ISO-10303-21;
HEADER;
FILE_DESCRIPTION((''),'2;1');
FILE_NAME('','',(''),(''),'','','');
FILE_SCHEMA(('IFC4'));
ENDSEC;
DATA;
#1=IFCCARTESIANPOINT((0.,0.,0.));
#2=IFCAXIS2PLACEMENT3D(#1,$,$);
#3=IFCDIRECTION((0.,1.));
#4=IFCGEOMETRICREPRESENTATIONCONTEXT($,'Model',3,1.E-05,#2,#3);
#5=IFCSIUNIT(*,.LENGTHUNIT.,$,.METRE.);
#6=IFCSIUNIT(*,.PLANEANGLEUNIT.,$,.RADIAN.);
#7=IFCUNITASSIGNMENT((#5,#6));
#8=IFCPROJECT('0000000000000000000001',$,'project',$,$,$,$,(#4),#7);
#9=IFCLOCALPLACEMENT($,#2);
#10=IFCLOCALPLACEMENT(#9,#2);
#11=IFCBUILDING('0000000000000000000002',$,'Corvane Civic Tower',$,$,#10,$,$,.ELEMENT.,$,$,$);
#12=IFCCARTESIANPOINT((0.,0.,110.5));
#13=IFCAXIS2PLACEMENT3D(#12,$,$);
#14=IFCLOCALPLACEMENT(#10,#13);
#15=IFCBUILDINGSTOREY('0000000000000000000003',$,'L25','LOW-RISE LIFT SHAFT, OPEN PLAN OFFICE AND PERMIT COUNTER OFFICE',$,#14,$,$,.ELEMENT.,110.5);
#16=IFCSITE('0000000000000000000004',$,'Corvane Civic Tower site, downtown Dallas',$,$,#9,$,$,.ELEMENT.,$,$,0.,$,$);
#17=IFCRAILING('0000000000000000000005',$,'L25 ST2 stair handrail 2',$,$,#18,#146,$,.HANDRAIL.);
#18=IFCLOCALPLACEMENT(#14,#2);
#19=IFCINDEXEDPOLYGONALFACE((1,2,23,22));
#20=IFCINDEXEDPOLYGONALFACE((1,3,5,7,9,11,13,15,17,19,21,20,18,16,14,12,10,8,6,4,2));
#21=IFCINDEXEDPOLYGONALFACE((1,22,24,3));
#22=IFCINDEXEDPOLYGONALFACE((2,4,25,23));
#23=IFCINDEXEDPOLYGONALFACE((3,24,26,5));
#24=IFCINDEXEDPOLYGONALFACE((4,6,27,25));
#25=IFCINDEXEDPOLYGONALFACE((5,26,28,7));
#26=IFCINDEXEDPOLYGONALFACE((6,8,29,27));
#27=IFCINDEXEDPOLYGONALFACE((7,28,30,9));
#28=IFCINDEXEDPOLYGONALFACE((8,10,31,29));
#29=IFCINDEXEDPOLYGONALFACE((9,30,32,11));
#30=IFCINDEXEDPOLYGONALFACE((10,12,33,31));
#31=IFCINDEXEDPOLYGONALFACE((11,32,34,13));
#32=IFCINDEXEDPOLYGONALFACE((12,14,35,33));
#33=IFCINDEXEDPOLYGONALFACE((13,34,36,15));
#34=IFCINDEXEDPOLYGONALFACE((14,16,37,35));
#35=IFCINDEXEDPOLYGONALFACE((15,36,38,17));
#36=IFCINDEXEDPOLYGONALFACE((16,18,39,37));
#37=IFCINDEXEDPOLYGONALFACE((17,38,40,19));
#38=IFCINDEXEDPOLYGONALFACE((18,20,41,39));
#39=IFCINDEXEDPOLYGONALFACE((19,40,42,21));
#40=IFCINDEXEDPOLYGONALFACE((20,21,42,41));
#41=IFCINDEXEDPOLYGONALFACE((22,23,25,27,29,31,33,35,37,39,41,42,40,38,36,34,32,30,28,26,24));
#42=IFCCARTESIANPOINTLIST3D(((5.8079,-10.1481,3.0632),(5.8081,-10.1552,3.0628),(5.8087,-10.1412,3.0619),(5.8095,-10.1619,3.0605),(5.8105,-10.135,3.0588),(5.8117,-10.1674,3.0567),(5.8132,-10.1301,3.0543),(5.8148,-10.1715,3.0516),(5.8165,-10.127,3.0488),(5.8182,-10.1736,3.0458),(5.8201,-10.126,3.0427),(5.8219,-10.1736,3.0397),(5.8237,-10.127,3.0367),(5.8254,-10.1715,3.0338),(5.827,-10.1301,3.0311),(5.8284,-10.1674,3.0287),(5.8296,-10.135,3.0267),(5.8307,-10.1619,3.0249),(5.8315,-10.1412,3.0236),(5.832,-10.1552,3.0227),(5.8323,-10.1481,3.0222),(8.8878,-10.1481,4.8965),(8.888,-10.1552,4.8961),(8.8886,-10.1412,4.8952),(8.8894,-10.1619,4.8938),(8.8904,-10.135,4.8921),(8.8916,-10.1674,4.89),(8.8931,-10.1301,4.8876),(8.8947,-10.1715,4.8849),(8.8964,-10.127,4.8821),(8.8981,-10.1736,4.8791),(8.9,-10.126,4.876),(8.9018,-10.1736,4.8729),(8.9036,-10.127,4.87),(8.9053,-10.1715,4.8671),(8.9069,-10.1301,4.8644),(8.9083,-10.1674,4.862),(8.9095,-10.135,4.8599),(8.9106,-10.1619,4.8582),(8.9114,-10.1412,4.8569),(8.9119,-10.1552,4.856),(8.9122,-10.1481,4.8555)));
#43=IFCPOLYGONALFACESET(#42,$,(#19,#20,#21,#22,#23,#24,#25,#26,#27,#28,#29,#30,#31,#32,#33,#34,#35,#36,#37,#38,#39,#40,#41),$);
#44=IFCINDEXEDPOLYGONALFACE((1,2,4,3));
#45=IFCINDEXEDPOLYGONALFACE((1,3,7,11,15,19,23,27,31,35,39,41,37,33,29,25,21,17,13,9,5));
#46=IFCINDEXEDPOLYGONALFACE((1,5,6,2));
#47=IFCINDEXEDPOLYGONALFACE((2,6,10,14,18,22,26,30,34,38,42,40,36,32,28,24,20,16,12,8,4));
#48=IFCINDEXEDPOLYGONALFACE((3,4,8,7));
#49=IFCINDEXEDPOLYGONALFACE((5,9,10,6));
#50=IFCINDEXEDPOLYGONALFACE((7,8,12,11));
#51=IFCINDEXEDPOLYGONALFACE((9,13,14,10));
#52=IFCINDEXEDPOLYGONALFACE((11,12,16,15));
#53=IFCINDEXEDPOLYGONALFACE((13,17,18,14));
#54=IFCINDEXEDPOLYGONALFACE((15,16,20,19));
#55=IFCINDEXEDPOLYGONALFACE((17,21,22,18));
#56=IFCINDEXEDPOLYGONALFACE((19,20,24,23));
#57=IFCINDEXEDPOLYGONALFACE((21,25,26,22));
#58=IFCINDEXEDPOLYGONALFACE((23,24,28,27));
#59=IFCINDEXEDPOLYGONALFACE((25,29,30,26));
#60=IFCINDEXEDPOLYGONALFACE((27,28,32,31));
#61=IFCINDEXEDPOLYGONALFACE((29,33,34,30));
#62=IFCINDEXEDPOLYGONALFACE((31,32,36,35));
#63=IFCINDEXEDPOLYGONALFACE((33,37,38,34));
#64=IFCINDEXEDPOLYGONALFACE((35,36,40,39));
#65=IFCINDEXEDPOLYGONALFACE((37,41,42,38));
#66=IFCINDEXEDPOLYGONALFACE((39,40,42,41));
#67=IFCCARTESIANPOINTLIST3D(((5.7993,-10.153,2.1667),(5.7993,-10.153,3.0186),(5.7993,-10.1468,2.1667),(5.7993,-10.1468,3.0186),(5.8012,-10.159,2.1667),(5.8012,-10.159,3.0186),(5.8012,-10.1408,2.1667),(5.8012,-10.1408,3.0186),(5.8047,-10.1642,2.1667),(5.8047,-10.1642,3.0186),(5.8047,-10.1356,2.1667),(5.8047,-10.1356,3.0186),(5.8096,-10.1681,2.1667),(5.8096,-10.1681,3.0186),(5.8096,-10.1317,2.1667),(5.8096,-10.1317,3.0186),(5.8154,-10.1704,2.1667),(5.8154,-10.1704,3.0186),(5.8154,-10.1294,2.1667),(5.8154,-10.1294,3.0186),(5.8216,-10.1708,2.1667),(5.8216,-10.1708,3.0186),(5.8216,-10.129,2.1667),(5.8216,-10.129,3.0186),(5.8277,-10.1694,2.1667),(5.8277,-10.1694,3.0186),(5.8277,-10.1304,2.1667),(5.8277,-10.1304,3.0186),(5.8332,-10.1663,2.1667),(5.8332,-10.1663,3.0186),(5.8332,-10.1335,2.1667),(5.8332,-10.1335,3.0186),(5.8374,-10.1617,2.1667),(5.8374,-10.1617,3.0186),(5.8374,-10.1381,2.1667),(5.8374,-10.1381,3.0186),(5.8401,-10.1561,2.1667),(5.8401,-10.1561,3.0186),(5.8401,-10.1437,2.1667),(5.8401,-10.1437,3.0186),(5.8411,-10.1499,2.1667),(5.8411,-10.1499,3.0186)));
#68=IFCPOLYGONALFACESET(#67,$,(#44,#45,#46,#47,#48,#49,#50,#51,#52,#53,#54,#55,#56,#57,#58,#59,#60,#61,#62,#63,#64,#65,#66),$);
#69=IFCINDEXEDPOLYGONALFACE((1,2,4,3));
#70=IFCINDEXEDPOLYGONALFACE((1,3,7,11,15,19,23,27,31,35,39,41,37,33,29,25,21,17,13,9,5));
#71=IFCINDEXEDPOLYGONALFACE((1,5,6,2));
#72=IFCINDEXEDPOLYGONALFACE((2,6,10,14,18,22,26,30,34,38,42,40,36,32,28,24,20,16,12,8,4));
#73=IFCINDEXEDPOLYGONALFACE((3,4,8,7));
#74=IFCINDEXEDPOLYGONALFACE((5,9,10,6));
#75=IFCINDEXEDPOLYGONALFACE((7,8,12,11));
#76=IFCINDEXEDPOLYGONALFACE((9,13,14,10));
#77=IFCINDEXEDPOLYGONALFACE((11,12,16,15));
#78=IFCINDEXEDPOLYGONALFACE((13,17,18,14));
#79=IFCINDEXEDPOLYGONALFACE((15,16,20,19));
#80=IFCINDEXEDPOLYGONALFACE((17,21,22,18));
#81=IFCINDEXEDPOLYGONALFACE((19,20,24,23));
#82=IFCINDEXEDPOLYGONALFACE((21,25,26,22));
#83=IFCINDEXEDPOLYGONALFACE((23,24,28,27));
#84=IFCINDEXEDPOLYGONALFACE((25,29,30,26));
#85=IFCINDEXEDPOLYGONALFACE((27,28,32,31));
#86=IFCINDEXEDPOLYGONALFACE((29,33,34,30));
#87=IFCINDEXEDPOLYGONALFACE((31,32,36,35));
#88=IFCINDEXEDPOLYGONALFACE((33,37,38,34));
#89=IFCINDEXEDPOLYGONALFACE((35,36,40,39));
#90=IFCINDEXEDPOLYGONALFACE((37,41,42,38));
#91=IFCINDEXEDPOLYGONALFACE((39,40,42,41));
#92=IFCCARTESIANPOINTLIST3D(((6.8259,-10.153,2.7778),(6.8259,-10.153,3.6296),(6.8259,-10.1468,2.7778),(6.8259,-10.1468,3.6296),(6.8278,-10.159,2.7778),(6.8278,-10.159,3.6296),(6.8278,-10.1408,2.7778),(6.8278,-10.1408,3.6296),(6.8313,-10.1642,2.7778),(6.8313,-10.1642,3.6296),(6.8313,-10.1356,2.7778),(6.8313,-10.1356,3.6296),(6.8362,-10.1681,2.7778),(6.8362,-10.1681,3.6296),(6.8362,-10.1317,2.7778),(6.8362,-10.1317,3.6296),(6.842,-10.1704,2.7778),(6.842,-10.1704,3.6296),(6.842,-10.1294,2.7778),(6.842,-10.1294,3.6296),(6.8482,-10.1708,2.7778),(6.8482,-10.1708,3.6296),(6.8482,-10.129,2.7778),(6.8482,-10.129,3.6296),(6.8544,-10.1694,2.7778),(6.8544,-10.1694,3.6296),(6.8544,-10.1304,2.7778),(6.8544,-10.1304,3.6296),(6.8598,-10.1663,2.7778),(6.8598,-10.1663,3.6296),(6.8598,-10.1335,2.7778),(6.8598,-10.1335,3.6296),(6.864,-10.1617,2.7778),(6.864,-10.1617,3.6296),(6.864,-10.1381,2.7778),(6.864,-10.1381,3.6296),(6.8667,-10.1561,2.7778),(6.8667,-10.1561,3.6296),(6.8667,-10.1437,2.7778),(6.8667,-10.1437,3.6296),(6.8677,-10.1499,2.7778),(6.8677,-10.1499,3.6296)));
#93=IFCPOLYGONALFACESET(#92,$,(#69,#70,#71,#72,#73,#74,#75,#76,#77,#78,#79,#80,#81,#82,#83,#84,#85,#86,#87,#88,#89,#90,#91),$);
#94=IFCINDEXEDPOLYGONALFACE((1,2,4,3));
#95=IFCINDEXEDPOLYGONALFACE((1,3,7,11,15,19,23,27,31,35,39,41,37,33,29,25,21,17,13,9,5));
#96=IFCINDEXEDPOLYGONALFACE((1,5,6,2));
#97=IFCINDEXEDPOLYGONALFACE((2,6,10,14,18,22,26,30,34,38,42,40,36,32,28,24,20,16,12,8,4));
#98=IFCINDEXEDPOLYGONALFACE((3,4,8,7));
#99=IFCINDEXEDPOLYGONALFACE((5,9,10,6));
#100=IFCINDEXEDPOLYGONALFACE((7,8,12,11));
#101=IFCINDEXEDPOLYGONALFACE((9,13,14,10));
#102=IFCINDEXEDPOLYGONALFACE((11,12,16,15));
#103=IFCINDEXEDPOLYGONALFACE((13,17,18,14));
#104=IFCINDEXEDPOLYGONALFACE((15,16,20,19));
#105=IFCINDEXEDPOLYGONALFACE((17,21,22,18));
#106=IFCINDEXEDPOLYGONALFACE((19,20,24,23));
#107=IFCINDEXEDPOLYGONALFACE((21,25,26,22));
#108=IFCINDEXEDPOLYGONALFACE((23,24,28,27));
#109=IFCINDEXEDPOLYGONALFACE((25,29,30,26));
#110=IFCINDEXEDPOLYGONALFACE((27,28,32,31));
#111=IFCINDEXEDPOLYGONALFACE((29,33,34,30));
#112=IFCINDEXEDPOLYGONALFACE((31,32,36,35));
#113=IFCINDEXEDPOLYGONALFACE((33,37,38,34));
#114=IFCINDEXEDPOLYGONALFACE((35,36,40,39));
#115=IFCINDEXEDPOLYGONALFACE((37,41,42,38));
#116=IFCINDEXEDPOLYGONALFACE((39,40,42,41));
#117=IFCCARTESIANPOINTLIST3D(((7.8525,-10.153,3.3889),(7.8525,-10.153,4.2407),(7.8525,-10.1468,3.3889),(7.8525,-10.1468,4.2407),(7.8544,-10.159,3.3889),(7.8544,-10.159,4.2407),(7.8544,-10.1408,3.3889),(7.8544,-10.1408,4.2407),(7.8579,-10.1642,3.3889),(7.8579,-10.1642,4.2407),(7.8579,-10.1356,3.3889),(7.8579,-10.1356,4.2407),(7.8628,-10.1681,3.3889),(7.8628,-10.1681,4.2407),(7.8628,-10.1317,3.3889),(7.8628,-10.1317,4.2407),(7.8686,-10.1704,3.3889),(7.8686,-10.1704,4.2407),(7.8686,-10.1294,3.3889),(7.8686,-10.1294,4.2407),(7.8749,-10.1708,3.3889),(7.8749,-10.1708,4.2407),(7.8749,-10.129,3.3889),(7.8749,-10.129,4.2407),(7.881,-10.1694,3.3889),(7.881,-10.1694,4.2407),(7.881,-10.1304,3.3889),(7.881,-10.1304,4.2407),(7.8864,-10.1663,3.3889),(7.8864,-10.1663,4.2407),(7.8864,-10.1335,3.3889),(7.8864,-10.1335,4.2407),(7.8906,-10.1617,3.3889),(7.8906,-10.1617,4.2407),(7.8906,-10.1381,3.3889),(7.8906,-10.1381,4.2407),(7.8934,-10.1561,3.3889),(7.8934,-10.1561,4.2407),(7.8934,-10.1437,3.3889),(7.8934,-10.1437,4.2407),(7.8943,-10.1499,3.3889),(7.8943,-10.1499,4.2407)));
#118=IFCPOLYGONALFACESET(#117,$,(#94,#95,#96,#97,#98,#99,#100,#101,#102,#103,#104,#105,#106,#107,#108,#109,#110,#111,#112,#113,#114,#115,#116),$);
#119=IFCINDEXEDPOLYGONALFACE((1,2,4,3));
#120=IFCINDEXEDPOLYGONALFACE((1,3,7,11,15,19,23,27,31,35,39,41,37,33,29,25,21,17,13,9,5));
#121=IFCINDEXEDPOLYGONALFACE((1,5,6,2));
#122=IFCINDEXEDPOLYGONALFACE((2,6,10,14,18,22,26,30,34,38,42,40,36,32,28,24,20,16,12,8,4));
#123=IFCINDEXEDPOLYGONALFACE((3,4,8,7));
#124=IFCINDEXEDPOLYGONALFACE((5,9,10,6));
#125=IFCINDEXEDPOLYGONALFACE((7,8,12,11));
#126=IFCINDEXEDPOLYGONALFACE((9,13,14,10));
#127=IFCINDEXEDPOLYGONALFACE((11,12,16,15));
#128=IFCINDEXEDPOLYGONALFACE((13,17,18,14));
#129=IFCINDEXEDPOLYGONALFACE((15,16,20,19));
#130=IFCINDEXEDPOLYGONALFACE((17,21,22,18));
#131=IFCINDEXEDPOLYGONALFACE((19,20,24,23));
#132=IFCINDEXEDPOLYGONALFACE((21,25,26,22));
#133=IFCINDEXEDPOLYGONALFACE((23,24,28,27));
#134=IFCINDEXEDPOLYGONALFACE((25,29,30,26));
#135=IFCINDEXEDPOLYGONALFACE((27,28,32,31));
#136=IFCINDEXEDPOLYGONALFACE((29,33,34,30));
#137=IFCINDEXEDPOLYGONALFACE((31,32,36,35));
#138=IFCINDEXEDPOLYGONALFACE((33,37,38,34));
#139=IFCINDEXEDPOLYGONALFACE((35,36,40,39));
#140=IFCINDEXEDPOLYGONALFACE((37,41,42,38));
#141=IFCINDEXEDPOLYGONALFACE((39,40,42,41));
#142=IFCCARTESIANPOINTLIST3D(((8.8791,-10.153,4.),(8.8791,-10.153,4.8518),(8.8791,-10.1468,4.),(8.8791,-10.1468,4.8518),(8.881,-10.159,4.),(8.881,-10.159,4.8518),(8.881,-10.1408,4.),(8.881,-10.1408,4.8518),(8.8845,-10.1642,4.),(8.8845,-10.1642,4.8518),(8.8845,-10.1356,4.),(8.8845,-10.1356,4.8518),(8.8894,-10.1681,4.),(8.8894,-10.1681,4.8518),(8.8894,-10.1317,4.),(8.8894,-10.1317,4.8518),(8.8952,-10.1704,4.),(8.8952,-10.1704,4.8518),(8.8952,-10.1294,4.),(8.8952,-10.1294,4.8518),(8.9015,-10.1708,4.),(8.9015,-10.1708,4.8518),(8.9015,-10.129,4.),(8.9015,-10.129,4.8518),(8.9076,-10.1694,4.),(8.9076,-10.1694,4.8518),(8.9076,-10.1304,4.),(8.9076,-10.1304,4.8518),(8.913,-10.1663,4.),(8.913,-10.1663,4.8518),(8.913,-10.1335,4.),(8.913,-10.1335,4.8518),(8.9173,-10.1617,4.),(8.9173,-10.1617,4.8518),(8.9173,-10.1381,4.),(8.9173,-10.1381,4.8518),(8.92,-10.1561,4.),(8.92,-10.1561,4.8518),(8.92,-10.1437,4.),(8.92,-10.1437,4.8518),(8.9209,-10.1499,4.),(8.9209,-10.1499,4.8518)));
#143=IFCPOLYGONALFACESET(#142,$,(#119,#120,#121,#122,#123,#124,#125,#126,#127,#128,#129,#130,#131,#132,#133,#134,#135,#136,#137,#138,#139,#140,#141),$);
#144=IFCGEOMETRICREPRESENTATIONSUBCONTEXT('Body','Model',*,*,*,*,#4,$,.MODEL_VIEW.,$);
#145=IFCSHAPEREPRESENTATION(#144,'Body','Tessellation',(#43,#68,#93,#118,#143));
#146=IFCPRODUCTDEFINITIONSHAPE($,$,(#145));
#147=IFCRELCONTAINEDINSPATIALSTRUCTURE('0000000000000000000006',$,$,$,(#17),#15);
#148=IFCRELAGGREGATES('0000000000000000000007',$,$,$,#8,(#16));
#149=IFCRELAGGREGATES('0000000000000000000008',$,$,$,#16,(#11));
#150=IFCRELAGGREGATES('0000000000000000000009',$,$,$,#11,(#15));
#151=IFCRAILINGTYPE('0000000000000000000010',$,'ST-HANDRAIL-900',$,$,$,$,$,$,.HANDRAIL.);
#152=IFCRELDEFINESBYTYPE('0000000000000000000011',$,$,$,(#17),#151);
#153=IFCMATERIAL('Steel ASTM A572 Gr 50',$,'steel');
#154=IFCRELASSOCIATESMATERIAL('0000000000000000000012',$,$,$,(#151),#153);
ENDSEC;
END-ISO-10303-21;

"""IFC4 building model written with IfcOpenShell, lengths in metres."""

from ifc_helpers import new_model, si_unit, direction, frame, origin, origin_2d, place, context, subcontext, project, spatial, circle, extrude, material, type_object, element, save


model = new_model("IFC4")

# Units and contexts
model_context = context("Model", 3, precision=1e-05, world=origin(), true_north=direction((0.0, 1.0)))
body_context = subcontext(model_context, "Body", "Model", "MODEL_VIEW")
ifc_project = project(units=[si_unit("LENGTHUNIT", "METRE"), si_unit("PLANEANGLEUNIT", "RADIAN")], contexts=[model_context])

# Site, building, storey
site_placement = place(None, origin())
site = spatial("IfcSite", under=ifc_project, at=site_placement, Name="Corvane Civic Tower site, downtown Dallas", CompositionType="ELEMENT", RefElevation=0.0)
building_placement = place(site_placement, origin())
building = spatial("IfcBuilding", under=site, at=building_placement, Name="Corvane Civic Tower", CompositionType="ELEMENT")
storey_placement = place(building_placement, frame((0.0, 0.0, 110.5)))
storey = spatial("IfcBuildingStorey", under=building, at=storey_placement, Name="L25", Description="LOW-RISE LIFT SHAFT, OPEN PLAN OFFICE AND PERMIT COUNTER OFFICE", CompositionType="ELEMENT", Elevation=110.5)

# Railing
ifc_material_1 = material(Name="Steel ASTM A572 Gr 50", Category="steel")
railing_type_1 = type_object("IfcRailingType", Name="ST-HANDRAIL-900", PredefinedType="HANDRAIL", material=ifc_material_1)
railing_1_placement = place(storey_placement, frame((5.8201, -10.1499, 2.1667)))
element("IfcRailing", 1, at=railing_1_placement, inside=storey, type_object=railing_type_1, Name="L25 ST2 stair handrail 2", PredefinedType="HANDRAIL", context=body_context, shape_type="SweptSolid", body=[
    extrude(circle(Radius=0.0239, at=origin_2d()), frame((0.0, 0.0, 0.876), z_axis=(0.859291, 0.0, 0.511487), x_axis=(0.0, 1.0, 0.0)), (0.0, 0.0, 1.0), 3.5842),
    extrude(circle(Radius=0.021, at=origin_2d()), origin(), (0.0, 0.0, 1.0), 0.8518),
    extrude(circle(Radius=0.021, at=origin_2d()), frame((1.0266, 0.0, 0.6111)), (0.0, 0.0, 1.0), 0.8518),
    extrude(circle(Radius=0.021, at=origin_2d()), frame((2.0532, 0.0, 1.2222)), (0.0, 0.0, 1.0), 0.8518),
    extrude(circle(Radius=0.021, at=origin_2d()), frame((3.0798, 0.0, 1.8333)), (0.0, 0.0, 1.0), 0.8518),
])

save(model, "model.ifc")
